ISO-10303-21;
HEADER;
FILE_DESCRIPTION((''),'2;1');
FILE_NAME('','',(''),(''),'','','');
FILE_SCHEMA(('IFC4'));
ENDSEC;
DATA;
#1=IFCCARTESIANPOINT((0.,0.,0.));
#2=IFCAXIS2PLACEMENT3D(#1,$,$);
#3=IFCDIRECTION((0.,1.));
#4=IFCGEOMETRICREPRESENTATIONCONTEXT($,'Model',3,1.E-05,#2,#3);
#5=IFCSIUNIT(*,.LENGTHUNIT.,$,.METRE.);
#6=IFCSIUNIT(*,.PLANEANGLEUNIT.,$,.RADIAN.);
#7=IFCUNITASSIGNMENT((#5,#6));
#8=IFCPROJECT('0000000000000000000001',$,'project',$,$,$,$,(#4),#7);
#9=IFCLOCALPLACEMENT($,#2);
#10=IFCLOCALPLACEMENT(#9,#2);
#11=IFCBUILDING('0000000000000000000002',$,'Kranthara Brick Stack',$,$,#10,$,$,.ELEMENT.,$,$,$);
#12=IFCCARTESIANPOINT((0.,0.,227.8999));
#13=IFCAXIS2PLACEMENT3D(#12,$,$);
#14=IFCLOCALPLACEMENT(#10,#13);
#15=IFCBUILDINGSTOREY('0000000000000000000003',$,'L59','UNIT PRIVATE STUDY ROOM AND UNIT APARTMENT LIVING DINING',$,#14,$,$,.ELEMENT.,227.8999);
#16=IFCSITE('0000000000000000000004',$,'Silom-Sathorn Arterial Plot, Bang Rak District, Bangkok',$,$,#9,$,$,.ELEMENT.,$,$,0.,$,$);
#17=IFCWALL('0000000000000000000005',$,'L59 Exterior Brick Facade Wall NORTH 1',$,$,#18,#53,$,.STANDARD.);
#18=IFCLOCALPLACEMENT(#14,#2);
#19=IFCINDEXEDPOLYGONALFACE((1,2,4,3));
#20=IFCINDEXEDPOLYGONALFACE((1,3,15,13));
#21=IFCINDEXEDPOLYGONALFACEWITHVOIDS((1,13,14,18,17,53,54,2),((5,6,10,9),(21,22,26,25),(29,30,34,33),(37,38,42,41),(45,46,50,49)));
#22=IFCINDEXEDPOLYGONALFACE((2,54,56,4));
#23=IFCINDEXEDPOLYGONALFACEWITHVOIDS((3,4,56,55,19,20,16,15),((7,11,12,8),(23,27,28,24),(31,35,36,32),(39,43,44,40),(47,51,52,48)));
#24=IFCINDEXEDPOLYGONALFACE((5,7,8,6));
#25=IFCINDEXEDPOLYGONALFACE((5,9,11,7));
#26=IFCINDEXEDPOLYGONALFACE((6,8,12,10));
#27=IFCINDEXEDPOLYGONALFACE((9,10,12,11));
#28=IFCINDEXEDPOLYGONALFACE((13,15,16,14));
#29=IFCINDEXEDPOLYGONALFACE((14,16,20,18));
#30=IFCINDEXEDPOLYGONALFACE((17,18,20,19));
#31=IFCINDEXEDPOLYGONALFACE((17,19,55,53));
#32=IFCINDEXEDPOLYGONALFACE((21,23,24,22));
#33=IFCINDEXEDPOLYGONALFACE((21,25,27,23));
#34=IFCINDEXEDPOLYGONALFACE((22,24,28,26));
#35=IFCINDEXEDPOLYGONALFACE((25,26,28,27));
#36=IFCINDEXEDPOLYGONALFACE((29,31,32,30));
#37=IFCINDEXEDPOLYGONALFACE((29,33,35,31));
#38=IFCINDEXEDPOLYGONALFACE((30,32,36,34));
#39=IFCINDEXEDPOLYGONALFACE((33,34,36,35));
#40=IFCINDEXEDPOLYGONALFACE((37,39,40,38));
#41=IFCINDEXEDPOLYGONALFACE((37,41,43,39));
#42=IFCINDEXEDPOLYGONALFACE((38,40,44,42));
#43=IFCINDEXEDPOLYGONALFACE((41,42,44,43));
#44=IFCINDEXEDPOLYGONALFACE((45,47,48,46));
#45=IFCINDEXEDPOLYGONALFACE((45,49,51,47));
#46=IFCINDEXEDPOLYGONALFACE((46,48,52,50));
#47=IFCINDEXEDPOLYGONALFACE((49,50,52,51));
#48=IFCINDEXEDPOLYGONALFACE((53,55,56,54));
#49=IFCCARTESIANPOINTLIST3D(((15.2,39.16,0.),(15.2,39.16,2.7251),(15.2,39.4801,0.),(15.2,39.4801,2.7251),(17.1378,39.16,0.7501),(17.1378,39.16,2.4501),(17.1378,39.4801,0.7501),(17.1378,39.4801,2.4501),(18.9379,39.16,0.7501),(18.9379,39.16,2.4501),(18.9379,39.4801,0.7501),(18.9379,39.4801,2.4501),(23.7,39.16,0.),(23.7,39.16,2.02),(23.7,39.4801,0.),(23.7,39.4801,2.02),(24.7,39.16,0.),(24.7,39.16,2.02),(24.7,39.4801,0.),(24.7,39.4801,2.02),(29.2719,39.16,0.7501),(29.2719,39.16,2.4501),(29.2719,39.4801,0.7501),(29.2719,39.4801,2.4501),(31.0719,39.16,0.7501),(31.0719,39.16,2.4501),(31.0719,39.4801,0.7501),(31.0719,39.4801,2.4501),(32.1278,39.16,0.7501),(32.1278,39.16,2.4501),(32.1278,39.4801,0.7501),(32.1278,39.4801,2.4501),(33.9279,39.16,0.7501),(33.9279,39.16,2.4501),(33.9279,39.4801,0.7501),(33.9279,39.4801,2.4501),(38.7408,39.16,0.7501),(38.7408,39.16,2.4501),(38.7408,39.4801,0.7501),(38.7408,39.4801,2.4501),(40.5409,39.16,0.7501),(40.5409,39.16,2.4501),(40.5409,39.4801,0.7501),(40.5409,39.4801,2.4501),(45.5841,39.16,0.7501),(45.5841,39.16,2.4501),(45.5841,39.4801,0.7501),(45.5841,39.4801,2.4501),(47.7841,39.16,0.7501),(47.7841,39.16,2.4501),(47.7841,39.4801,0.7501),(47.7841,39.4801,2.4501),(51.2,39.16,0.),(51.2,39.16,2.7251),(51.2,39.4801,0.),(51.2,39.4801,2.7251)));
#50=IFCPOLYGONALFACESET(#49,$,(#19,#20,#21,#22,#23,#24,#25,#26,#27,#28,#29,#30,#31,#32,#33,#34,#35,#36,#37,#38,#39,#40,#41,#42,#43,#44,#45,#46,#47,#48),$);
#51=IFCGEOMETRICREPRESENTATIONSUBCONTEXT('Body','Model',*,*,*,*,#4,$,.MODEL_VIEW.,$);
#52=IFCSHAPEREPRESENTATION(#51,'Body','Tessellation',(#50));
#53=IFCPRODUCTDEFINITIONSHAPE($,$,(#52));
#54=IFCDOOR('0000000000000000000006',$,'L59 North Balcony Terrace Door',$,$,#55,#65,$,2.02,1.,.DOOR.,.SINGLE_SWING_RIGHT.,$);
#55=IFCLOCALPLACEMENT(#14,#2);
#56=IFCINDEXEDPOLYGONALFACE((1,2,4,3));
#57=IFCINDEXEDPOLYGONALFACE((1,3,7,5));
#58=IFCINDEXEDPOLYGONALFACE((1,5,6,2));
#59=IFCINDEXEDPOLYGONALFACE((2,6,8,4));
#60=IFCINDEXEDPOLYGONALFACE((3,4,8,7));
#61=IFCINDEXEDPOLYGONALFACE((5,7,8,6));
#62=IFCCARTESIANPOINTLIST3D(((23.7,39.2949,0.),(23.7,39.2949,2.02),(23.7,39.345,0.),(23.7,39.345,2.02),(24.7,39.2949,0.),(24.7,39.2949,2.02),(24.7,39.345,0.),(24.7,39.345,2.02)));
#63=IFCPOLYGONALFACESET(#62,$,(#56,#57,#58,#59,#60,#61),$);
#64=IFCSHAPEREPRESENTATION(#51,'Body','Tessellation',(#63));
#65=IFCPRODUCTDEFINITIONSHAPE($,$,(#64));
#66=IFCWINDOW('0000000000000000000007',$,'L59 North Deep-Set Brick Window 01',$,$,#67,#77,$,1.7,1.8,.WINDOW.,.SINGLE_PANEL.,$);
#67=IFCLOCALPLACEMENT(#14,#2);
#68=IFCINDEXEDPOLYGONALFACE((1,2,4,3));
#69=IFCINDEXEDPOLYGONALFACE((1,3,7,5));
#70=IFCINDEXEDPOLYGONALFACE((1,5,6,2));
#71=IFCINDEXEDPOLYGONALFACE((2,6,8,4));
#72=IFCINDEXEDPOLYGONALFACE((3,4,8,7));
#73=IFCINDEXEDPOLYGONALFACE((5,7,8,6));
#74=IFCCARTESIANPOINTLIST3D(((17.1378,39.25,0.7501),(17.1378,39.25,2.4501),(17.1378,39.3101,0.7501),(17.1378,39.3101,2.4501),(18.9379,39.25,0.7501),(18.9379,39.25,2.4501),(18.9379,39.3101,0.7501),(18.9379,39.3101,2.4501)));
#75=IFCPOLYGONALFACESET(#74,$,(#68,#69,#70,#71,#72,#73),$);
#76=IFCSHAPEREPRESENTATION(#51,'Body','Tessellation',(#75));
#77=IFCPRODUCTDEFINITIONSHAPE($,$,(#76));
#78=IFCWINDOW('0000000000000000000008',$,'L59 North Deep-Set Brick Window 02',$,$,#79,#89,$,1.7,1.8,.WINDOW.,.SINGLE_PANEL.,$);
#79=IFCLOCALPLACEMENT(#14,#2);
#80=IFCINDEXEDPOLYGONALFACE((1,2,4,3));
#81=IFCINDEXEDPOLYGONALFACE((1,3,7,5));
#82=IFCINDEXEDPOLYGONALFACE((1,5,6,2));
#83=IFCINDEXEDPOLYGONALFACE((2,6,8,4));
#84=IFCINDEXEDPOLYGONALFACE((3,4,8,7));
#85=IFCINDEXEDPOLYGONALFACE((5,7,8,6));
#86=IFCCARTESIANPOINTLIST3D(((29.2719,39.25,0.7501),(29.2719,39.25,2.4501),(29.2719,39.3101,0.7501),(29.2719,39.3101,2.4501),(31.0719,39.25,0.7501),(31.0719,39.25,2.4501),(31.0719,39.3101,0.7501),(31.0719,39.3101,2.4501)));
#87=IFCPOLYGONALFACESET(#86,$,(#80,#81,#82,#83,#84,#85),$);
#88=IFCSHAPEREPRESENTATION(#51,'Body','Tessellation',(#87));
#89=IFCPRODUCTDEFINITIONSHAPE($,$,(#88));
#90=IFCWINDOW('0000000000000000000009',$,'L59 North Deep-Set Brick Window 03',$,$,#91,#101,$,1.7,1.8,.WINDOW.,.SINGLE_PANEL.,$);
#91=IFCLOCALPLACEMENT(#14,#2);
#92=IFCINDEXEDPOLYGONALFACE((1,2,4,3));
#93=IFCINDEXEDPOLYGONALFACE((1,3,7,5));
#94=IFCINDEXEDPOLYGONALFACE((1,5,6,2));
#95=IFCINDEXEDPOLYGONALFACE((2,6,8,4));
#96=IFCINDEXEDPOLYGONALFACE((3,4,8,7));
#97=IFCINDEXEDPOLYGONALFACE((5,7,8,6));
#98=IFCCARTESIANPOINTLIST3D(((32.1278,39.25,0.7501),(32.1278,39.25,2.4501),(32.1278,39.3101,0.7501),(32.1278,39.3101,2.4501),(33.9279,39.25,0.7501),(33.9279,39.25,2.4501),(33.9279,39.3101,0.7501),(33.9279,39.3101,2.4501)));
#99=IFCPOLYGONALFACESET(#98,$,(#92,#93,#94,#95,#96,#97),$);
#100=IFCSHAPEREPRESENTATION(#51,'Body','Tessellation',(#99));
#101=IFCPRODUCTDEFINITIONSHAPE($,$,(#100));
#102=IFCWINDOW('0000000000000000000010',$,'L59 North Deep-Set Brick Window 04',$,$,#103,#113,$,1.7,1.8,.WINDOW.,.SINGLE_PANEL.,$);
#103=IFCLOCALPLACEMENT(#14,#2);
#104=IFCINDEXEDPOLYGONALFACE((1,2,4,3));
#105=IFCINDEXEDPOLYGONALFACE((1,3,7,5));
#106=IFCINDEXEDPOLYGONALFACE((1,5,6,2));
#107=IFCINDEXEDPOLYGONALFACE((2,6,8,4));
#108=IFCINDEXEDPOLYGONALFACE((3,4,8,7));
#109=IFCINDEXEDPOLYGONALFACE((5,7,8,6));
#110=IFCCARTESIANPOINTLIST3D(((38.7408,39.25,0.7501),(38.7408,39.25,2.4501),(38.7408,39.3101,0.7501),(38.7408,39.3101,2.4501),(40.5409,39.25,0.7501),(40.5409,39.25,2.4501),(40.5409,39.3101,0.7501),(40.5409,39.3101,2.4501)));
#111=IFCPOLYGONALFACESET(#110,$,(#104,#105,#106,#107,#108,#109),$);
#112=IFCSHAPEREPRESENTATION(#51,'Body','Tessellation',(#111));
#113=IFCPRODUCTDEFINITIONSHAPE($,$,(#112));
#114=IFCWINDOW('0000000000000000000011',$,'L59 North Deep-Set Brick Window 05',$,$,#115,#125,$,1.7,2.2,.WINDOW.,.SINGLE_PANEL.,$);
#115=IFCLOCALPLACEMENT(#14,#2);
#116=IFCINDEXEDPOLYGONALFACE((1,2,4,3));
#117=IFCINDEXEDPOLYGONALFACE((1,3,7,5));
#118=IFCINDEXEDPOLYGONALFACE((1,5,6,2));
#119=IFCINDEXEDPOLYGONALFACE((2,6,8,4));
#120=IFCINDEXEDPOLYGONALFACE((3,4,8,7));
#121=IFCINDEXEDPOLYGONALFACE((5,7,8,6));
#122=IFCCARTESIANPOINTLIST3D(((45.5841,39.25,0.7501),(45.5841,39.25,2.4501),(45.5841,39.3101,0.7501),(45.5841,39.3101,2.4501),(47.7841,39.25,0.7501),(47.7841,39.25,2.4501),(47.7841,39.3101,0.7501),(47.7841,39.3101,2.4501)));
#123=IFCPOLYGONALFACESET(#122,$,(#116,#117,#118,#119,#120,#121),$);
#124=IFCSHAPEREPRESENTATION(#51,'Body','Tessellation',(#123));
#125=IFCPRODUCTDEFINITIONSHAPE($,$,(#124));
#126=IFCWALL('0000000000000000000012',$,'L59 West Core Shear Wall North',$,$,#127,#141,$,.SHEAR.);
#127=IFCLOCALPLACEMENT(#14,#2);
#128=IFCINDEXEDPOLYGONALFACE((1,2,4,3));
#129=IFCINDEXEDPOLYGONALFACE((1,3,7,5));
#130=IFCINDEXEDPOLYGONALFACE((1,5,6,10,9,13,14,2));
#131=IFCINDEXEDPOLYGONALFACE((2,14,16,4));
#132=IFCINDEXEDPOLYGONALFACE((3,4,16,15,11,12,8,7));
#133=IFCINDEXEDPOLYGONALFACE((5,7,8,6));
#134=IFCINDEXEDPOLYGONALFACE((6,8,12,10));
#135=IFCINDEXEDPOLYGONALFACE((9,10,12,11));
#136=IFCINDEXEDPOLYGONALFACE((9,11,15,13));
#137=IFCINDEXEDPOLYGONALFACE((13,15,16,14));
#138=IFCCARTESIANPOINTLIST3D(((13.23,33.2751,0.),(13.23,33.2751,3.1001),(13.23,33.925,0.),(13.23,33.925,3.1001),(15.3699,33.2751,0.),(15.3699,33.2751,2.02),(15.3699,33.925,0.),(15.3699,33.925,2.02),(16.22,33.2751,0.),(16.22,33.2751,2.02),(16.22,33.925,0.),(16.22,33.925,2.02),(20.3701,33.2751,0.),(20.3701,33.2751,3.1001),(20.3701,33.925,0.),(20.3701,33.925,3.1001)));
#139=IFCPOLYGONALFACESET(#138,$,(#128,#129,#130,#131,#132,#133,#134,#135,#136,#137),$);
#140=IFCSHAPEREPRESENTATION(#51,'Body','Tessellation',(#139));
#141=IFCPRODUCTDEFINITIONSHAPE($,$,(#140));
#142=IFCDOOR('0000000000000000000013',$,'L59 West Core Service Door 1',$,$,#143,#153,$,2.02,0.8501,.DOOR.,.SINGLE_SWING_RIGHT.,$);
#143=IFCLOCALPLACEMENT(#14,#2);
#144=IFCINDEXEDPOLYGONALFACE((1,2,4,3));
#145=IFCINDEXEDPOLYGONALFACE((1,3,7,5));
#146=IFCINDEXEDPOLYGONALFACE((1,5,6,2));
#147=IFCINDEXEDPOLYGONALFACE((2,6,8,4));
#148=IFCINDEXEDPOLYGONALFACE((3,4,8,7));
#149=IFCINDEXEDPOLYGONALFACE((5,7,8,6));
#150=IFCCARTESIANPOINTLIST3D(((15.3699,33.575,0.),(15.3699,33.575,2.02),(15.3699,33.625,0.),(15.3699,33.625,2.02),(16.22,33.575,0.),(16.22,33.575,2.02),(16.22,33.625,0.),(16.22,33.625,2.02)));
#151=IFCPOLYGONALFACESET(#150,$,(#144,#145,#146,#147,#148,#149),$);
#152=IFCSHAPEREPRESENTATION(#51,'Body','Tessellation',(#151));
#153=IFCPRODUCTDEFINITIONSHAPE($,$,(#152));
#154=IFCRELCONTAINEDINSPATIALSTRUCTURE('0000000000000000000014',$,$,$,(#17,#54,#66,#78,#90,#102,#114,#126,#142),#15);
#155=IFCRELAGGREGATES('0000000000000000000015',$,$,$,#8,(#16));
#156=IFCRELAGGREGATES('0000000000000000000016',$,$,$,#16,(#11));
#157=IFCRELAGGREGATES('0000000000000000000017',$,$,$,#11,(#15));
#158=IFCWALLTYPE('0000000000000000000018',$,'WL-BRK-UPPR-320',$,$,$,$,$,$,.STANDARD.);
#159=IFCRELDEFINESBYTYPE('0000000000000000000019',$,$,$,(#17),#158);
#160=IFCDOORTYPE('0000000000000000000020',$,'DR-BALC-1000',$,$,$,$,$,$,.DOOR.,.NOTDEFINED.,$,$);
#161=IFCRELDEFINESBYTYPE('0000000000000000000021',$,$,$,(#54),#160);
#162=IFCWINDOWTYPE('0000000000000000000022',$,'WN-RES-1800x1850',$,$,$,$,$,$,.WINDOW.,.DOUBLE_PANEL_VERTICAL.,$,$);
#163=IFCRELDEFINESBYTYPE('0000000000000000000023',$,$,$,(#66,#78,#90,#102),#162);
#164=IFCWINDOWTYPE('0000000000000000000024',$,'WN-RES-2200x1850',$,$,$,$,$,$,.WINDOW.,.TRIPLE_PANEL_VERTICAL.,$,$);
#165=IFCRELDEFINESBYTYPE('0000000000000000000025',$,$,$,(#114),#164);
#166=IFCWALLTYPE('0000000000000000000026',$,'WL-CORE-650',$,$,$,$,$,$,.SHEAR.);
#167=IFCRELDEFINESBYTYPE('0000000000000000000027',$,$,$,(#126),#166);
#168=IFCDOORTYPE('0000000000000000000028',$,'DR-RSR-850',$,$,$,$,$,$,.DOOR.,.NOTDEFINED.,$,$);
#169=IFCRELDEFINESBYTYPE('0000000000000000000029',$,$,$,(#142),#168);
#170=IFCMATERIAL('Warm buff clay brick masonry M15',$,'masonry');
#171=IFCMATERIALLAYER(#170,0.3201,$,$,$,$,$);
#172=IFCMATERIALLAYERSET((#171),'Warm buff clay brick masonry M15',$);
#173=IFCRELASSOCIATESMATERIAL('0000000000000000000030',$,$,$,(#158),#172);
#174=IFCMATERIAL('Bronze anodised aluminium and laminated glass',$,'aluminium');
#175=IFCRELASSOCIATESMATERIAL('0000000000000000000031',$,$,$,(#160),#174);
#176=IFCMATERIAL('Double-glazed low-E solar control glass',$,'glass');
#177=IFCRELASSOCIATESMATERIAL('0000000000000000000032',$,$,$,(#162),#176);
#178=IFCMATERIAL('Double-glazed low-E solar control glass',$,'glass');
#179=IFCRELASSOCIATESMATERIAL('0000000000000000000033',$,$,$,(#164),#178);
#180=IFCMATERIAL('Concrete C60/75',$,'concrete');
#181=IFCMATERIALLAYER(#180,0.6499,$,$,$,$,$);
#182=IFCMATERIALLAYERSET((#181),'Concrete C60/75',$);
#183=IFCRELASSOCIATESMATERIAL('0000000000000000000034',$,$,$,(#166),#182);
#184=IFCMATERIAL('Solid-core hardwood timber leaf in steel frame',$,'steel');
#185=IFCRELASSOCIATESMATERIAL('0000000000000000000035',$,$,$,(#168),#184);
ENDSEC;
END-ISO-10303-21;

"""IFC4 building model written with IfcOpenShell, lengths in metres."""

from ifc_helpers import new_model, si_unit, direction, frame, frame_2d, origin, place, context, subcontext, project, spatial, rectangle, extrude, material, layer, layer_set, type_object, element, fill, save


model = new_model("IFC4")

# Units and contexts
model_context = context("Model", 3, precision=1e-05, world=origin(), true_north=direction((0.0, 1.0)))
body_context = subcontext(model_context, "Body", "Model", "MODEL_VIEW")
ifc_project = project(units=[si_unit("LENGTHUNIT", "METRE"), si_unit("PLANEANGLEUNIT", "RADIAN")], contexts=[model_context])

# Site, building, storey
site_placement = place(None, origin())
site = spatial("IfcSite", under=ifc_project, at=site_placement, Name="Silom-Sathorn Arterial Plot, Bang Rak District, Bangkok", CompositionType="ELEMENT", RefElevation=0.0)
building_placement = place(site_placement, origin())
building = spatial("IfcBuilding", under=site, at=building_placement, Name="Kranthara Brick Stack", CompositionType="ELEMENT")
storey_placement = place(building_placement, frame((0.0, 0.0, 227.8999)))
storey = spatial("IfcBuildingStorey", under=building, at=storey_placement, Name="L59", Description="UNIT PRIVATE STUDY ROOM AND UNIT APARTMENT LIVING DINING", CompositionType="ELEMENT", Elevation=227.8999)

# Shared definitions
ifc_material_1 = material(Name="Warm buff clay brick masonry M15", Category="masonry")
ifc_layer_1 = layer(ifc_material_1, 0.3201)
ifc_layer_set_1 = layer_set([ifc_layer_1], Name="Warm buff clay brick masonry M15")
wall_type_1 = type_object("IfcWallType", Name="WL-BRK-UPPR-320", PredefinedType="STANDARD", material=ifc_layer_set_1)

# Wall, openings, door, windows
wall_1_placement = place(storey_placement, frame((15.2, 39.3201, 0.0), z_axis=(0.0, 0.0, 1.0), x_axis=(1.0, 0.0, 0.0)))
wall_1 = element("IfcWall", 1, at=wall_1_placement, inside=storey, type_object=wall_type_1, Name="L59 Exterior Brick Facade Wall NORTH 1", PredefinedType="STANDARD", context=body_context, shape_type="SweptSolid", body=[
    extrude(rectangle(XDim=36.0, YDim=0.3201, at=frame_2d((18.0, 0.0))), origin(), (0.0, 0.0, 1.0), 2.7251),
])
opening_1_placement = place(wall_1_placement, frame((8.5, 0.0, 0.0)))
opening_1 = element("IfcOpeningElement", 2, at=opening_1_placement, cuts=wall_1, PredefinedType="OPENING", context=body_context, shape_type="SweptSolid", body=[
    extrude(rectangle(XDim=1.0, YDim=2.02, at=frame_2d((0.5, 1.01))), frame((0.0, 0.1699, 0.0), z_axis=(0.0, -1.0, 0.0), x_axis=(1.0, 0.0, 0.0)), (0.0, 0.0, 1.0), 0.3401),
])
opening_2_placement = place(wall_1_placement, frame((1.938, 0.0, 0.75)))
opening_2 = element("IfcOpeningElement", 3, at=opening_2_placement, cuts=wall_1, PredefinedType="OPENING", context=body_context, shape_type="SweptSolid", body=[
    extrude(rectangle(XDim=1.8, YDim=1.7, at=frame_2d((0.8999, 0.8501))), frame((0.0, 0.1699, 0.0), z_axis=(0.0, -1.0, 0.0), x_axis=(1.0, 0.0, 0.0)), (0.0, 0.0, 1.0), 0.3401),
])
opening_3_placement = place(wall_1_placement, frame((14.072, 0.0, 0.75)))
opening_3 = element("IfcOpeningElement", 4, at=opening_3_placement, cuts=wall_1, PredefinedType="OPENING", context=body_context, shape_type="SweptSolid", body=[
    extrude(rectangle(XDim=1.8, YDim=1.7, at=frame_2d((0.8999, 0.8501))), frame((0.0, 0.1699, 0.0), z_axis=(0.0, -1.0, 0.0), x_axis=(1.0, 0.0, 0.0)), (0.0, 0.0, 1.0), 0.3401),
])
opening_4_placement = place(wall_1_placement, frame((16.928, 0.0, 0.75)))
opening_4 = element("IfcOpeningElement", 5, at=opening_4_placement, cuts=wall_1, PredefinedType="OPENING", context=body_context, shape_type="SweptSolid", body=[
    extrude(rectangle(XDim=1.8, YDim=1.7, at=frame_2d((0.8999, 0.8501))), frame((0.0, 0.1699, 0.0), z_axis=(0.0, -1.0, 0.0), x_axis=(1.0, 0.0, 0.0)), (0.0, 0.0, 1.0), 0.3401),
])
opening_5_placement = place(wall_1_placement, frame((23.541, 0.0, 0.75)))
opening_5 = element("IfcOpeningElement", 6, at=opening_5_placement, cuts=wall_1, PredefinedType="OPENING", context=body_context, shape_type="SweptSolid", body=[
    extrude(rectangle(XDim=1.8, YDim=1.7, at=frame_2d((0.8999, 0.8501))), frame((0.0, 0.1699, 0.0), z_axis=(0.0, -1.0, 0.0), x_axis=(1.0, 0.0, 0.0)), (0.0, 0.0, 1.0), 0.3401),
])
opening_6_placement = place(wall_1_placement, frame((30.384, 0.0, 0.75)))
opening_6 = element("IfcOpeningElement", 7, at=opening_6_placement, cuts=wall_1, PredefinedType="OPENING", context=body_context, shape_type="SweptSolid", body=[
    extrude(rectangle(XDim=2.2, YDim=1.7, at=frame_2d((1.1001, 0.8501))), frame((0.0, 0.1699, 0.0), z_axis=(0.0, -1.0, 0.0), x_axis=(1.0, 0.0, 0.0)), (0.0, 0.0, 1.0), 0.3401),
])
ifc_material_2 = material(Name="Bronze anodised aluminium and laminated glass", Category="aluminium")
door_type_1 = type_object("IfcDoorType", Name="DR-BALC-1000", OperationType="NOTDEFINED", PredefinedType="DOOR", material=ifc_material_2)
door_1_placement = place(opening_1_placement, origin())
door_1 = element("IfcDoor", 8, at=door_1_placement, inside=storey, type_object=door_type_1, Name="L59 North Balcony Terrace Door", OperationType="SINGLE_SWING_RIGHT", OverallHeight=2.02, OverallWidth=1.0, PredefinedType="DOOR", context=body_context, shape_type="SweptSolid", body=[
    extrude(rectangle(XDim=1.0, YDim=2.02, at=frame_2d((0.5, 1.01))), frame((0.0, 0.0249, 0.0), z_axis=(0.0, -1.0, 0.0), x_axis=(1.0, 0.0, 0.0)), (0.0, 0.0, 1.0), 0.05),
])
fill(opening_1, door_1)
ifc_material_3 = material(Name="Double-glazed low-E solar control glass", Category="glass")
window_type_1 = type_object("IfcWindowType", Name="WN-RES-1800x1850", PartitioningType="DOUBLE_PANEL_VERTICAL", PredefinedType="WINDOW", material=ifc_material_3)
window_1_placement = place(opening_2_placement, origin())
window_1 = element("IfcWindow", 9, at=window_1_placement, inside=storey, type_object=window_type_1, Name="L59 North Deep-Set Brick Window 01", OverallHeight=1.7, OverallWidth=1.8, PartitioningType="SINGLE_PANEL", PredefinedType="WINDOW", context=body_context, shape_type="SweptSolid", body=[
    extrude(rectangle(XDim=1.8, YDim=1.7, at=frame_2d((0.8999, 0.8501))), frame((0.0, -0.01, 0.0), z_axis=(0.0, -1.0, 0.0), x_axis=(1.0, 0.0, 0.0)), (0.0, 0.0, 1.0), 0.0601),
])
fill(opening_2, window_1)
window_2_placement = place(opening_3_placement, origin())
window_2 = element("IfcWindow", 10, at=window_2_placement, inside=storey, type_object=window_type_1, Name="L59 North Deep-Set Brick Window 02", OverallHeight=1.7, OverallWidth=1.8, PartitioningType="SINGLE_PANEL", PredefinedType="WINDOW", context=body_context, shape_type="SweptSolid", body=[
    extrude(rectangle(XDim=1.8, YDim=1.7, at=frame_2d((0.8999, 0.8501))), frame((0.0, -0.01, 0.0), z_axis=(0.0, -1.0, 0.0), x_axis=(1.0, 0.0, 0.0)), (0.0, 0.0, 1.0), 0.0601),
])
fill(opening_3, window_2)
window_3_placement = place(opening_4_placement, origin())
window_3 = element("IfcWindow", 11, at=window_3_placement, inside=storey, type_object=window_type_1, Name="L59 North Deep-Set Brick Window 03", OverallHeight=1.7, OverallWidth=1.8, PartitioningType="SINGLE_PANEL", PredefinedType="WINDOW", context=body_context, shape_type="SweptSolid", body=[
    extrude(rectangle(XDim=1.8, YDim=1.7, at=frame_2d((0.8999, 0.8501))), frame((0.0, -0.01, 0.0), z_axis=(0.0, -1.0, 0.0), x_axis=(1.0, 0.0, 0.0)), (0.0, 0.0, 1.0), 0.0601),
])
fill(opening_4, window_3)
window_4_placement = place(opening_5_placement, origin())
window_4 = element("IfcWindow", 12, at=window_4_placement, inside=storey, type_object=window_type_1, Name="L59 North Deep-Set Brick Window 04", OverallHeight=1.7, OverallWidth=1.8, PartitioningType="SINGLE_PANEL", PredefinedType="WINDOW", context=body_context, shape_type="SweptSolid", body=[
    extrude(rectangle(XDim=1.8, YDim=1.7, at=frame_2d((0.8999, 0.8501))), frame((0.0, -0.01, 0.0), z_axis=(0.0, -1.0, 0.0), x_axis=(1.0, 0.0, 0.0)), (0.0, 0.0, 1.0), 0.0601),
])
fill(opening_5, window_4)
ifc_material_4 = material(Name="Double-glazed low-E solar control glass", Category="glass")
window_type_2 = type_object("IfcWindowType", Name="WN-RES-2200x1850", PartitioningType="TRIPLE_PANEL_VERTICAL", PredefinedType="WINDOW", material=ifc_material_4)
window_5_placement = place(opening_6_placement, origin())
window_5 = element("IfcWindow", 13, at=window_5_placement, inside=storey, type_object=window_type_2, Name="L59 North Deep-Set Brick Window 05", OverallHeight=1.7, OverallWidth=2.2, PartitioningType="SINGLE_PANEL", PredefinedType="WINDOW", context=body_context, shape_type="SweptSolid", body=[
    extrude(rectangle(XDim=2.2, YDim=1.7, at=frame_2d((1.1001, 0.8501))), frame((0.0, -0.01, 0.0), z_axis=(0.0, -1.0, 0.0), x_axis=(1.0, 0.0, 0.0)), (0.0, 0.0, 1.0), 0.0601),
])
fill(opening_6, window_5)

# Wall, opening, door
ifc_material_5 = material(Name="Concrete C60/75", Category="concrete")
ifc_layer_2 = layer(ifc_material_5, 0.6499)
ifc_layer_set_2 = layer_set([ifc_layer_2], Name="Concrete C60/75")
wall_type_2 = type_object("IfcWallType", Name="WL-CORE-650", PredefinedType="SHEAR", material=ifc_layer_set_2)
wall_2_placement = place(storey_placement, frame((13.23, 33.6001, 0.0), z_axis=(0.0, 0.0, 1.0), x_axis=(1.0, 0.0, 0.0)))
wall_2 = element("IfcWall", 14, at=wall_2_placement, inside=storey, type_object=wall_type_2, Name="L59 West Core Shear Wall North", PredefinedType="SHEAR", context=body_context, shape_type="SweptSolid", body=[
    extrude(rectangle(XDim=7.1401, YDim=0.6499, at=frame_2d((3.5701, 0.0))), origin(), (0.0, 0.0, 1.0), 3.1001),
])
opening_7_placement = place(wall_2_placement, frame((2.1399, 0.0, 0.0)))
opening_7 = element("IfcOpeningElement", 15, at=opening_7_placement, cuts=wall_2, PredefinedType="OPENING", context=body_context, shape_type="SweptSolid", body=[
    extrude(rectangle(XDim=0.8501, YDim=2.02, at=frame_2d((0.425, 1.01))), frame((0.0, 0.335, 0.0), z_axis=(0.0, -1.0, 0.0), x_axis=(1.0, 0.0, 0.0)), (0.0, 0.0, 1.0), 0.6699),
])
ifc_material_6 = material(Name="Solid-core hardwood timber leaf in steel frame", Category="steel")
door_type_2 = type_object("IfcDoorType", Name="DR-RSR-850", OperationType="NOTDEFINED", PredefinedType="DOOR", material=ifc_material_6)
door_2_placement = place(opening_7_placement, origin())
door_2 = element("IfcDoor", 16, at=door_2_placement, inside=storey, type_object=door_type_2, Name="L59 West Core Service Door 1", OperationType="SINGLE_SWING_RIGHT", OverallHeight=2.02, OverallWidth=0.8501, PredefinedType="DOOR", context=body_context, shape_type="SweptSolid", body=[
    extrude(rectangle(XDim=0.8501, YDim=2.02, at=frame_2d((0.425, 1.01))), frame((0.0, 0.0249, 0.0), z_axis=(0.0, -1.0, 0.0), x_axis=(1.0, 0.0, 0.0)), (0.0, 0.0, 1.0), 0.05),
])
fill(opening_7, door_2)

save(model, "model.ifc")
